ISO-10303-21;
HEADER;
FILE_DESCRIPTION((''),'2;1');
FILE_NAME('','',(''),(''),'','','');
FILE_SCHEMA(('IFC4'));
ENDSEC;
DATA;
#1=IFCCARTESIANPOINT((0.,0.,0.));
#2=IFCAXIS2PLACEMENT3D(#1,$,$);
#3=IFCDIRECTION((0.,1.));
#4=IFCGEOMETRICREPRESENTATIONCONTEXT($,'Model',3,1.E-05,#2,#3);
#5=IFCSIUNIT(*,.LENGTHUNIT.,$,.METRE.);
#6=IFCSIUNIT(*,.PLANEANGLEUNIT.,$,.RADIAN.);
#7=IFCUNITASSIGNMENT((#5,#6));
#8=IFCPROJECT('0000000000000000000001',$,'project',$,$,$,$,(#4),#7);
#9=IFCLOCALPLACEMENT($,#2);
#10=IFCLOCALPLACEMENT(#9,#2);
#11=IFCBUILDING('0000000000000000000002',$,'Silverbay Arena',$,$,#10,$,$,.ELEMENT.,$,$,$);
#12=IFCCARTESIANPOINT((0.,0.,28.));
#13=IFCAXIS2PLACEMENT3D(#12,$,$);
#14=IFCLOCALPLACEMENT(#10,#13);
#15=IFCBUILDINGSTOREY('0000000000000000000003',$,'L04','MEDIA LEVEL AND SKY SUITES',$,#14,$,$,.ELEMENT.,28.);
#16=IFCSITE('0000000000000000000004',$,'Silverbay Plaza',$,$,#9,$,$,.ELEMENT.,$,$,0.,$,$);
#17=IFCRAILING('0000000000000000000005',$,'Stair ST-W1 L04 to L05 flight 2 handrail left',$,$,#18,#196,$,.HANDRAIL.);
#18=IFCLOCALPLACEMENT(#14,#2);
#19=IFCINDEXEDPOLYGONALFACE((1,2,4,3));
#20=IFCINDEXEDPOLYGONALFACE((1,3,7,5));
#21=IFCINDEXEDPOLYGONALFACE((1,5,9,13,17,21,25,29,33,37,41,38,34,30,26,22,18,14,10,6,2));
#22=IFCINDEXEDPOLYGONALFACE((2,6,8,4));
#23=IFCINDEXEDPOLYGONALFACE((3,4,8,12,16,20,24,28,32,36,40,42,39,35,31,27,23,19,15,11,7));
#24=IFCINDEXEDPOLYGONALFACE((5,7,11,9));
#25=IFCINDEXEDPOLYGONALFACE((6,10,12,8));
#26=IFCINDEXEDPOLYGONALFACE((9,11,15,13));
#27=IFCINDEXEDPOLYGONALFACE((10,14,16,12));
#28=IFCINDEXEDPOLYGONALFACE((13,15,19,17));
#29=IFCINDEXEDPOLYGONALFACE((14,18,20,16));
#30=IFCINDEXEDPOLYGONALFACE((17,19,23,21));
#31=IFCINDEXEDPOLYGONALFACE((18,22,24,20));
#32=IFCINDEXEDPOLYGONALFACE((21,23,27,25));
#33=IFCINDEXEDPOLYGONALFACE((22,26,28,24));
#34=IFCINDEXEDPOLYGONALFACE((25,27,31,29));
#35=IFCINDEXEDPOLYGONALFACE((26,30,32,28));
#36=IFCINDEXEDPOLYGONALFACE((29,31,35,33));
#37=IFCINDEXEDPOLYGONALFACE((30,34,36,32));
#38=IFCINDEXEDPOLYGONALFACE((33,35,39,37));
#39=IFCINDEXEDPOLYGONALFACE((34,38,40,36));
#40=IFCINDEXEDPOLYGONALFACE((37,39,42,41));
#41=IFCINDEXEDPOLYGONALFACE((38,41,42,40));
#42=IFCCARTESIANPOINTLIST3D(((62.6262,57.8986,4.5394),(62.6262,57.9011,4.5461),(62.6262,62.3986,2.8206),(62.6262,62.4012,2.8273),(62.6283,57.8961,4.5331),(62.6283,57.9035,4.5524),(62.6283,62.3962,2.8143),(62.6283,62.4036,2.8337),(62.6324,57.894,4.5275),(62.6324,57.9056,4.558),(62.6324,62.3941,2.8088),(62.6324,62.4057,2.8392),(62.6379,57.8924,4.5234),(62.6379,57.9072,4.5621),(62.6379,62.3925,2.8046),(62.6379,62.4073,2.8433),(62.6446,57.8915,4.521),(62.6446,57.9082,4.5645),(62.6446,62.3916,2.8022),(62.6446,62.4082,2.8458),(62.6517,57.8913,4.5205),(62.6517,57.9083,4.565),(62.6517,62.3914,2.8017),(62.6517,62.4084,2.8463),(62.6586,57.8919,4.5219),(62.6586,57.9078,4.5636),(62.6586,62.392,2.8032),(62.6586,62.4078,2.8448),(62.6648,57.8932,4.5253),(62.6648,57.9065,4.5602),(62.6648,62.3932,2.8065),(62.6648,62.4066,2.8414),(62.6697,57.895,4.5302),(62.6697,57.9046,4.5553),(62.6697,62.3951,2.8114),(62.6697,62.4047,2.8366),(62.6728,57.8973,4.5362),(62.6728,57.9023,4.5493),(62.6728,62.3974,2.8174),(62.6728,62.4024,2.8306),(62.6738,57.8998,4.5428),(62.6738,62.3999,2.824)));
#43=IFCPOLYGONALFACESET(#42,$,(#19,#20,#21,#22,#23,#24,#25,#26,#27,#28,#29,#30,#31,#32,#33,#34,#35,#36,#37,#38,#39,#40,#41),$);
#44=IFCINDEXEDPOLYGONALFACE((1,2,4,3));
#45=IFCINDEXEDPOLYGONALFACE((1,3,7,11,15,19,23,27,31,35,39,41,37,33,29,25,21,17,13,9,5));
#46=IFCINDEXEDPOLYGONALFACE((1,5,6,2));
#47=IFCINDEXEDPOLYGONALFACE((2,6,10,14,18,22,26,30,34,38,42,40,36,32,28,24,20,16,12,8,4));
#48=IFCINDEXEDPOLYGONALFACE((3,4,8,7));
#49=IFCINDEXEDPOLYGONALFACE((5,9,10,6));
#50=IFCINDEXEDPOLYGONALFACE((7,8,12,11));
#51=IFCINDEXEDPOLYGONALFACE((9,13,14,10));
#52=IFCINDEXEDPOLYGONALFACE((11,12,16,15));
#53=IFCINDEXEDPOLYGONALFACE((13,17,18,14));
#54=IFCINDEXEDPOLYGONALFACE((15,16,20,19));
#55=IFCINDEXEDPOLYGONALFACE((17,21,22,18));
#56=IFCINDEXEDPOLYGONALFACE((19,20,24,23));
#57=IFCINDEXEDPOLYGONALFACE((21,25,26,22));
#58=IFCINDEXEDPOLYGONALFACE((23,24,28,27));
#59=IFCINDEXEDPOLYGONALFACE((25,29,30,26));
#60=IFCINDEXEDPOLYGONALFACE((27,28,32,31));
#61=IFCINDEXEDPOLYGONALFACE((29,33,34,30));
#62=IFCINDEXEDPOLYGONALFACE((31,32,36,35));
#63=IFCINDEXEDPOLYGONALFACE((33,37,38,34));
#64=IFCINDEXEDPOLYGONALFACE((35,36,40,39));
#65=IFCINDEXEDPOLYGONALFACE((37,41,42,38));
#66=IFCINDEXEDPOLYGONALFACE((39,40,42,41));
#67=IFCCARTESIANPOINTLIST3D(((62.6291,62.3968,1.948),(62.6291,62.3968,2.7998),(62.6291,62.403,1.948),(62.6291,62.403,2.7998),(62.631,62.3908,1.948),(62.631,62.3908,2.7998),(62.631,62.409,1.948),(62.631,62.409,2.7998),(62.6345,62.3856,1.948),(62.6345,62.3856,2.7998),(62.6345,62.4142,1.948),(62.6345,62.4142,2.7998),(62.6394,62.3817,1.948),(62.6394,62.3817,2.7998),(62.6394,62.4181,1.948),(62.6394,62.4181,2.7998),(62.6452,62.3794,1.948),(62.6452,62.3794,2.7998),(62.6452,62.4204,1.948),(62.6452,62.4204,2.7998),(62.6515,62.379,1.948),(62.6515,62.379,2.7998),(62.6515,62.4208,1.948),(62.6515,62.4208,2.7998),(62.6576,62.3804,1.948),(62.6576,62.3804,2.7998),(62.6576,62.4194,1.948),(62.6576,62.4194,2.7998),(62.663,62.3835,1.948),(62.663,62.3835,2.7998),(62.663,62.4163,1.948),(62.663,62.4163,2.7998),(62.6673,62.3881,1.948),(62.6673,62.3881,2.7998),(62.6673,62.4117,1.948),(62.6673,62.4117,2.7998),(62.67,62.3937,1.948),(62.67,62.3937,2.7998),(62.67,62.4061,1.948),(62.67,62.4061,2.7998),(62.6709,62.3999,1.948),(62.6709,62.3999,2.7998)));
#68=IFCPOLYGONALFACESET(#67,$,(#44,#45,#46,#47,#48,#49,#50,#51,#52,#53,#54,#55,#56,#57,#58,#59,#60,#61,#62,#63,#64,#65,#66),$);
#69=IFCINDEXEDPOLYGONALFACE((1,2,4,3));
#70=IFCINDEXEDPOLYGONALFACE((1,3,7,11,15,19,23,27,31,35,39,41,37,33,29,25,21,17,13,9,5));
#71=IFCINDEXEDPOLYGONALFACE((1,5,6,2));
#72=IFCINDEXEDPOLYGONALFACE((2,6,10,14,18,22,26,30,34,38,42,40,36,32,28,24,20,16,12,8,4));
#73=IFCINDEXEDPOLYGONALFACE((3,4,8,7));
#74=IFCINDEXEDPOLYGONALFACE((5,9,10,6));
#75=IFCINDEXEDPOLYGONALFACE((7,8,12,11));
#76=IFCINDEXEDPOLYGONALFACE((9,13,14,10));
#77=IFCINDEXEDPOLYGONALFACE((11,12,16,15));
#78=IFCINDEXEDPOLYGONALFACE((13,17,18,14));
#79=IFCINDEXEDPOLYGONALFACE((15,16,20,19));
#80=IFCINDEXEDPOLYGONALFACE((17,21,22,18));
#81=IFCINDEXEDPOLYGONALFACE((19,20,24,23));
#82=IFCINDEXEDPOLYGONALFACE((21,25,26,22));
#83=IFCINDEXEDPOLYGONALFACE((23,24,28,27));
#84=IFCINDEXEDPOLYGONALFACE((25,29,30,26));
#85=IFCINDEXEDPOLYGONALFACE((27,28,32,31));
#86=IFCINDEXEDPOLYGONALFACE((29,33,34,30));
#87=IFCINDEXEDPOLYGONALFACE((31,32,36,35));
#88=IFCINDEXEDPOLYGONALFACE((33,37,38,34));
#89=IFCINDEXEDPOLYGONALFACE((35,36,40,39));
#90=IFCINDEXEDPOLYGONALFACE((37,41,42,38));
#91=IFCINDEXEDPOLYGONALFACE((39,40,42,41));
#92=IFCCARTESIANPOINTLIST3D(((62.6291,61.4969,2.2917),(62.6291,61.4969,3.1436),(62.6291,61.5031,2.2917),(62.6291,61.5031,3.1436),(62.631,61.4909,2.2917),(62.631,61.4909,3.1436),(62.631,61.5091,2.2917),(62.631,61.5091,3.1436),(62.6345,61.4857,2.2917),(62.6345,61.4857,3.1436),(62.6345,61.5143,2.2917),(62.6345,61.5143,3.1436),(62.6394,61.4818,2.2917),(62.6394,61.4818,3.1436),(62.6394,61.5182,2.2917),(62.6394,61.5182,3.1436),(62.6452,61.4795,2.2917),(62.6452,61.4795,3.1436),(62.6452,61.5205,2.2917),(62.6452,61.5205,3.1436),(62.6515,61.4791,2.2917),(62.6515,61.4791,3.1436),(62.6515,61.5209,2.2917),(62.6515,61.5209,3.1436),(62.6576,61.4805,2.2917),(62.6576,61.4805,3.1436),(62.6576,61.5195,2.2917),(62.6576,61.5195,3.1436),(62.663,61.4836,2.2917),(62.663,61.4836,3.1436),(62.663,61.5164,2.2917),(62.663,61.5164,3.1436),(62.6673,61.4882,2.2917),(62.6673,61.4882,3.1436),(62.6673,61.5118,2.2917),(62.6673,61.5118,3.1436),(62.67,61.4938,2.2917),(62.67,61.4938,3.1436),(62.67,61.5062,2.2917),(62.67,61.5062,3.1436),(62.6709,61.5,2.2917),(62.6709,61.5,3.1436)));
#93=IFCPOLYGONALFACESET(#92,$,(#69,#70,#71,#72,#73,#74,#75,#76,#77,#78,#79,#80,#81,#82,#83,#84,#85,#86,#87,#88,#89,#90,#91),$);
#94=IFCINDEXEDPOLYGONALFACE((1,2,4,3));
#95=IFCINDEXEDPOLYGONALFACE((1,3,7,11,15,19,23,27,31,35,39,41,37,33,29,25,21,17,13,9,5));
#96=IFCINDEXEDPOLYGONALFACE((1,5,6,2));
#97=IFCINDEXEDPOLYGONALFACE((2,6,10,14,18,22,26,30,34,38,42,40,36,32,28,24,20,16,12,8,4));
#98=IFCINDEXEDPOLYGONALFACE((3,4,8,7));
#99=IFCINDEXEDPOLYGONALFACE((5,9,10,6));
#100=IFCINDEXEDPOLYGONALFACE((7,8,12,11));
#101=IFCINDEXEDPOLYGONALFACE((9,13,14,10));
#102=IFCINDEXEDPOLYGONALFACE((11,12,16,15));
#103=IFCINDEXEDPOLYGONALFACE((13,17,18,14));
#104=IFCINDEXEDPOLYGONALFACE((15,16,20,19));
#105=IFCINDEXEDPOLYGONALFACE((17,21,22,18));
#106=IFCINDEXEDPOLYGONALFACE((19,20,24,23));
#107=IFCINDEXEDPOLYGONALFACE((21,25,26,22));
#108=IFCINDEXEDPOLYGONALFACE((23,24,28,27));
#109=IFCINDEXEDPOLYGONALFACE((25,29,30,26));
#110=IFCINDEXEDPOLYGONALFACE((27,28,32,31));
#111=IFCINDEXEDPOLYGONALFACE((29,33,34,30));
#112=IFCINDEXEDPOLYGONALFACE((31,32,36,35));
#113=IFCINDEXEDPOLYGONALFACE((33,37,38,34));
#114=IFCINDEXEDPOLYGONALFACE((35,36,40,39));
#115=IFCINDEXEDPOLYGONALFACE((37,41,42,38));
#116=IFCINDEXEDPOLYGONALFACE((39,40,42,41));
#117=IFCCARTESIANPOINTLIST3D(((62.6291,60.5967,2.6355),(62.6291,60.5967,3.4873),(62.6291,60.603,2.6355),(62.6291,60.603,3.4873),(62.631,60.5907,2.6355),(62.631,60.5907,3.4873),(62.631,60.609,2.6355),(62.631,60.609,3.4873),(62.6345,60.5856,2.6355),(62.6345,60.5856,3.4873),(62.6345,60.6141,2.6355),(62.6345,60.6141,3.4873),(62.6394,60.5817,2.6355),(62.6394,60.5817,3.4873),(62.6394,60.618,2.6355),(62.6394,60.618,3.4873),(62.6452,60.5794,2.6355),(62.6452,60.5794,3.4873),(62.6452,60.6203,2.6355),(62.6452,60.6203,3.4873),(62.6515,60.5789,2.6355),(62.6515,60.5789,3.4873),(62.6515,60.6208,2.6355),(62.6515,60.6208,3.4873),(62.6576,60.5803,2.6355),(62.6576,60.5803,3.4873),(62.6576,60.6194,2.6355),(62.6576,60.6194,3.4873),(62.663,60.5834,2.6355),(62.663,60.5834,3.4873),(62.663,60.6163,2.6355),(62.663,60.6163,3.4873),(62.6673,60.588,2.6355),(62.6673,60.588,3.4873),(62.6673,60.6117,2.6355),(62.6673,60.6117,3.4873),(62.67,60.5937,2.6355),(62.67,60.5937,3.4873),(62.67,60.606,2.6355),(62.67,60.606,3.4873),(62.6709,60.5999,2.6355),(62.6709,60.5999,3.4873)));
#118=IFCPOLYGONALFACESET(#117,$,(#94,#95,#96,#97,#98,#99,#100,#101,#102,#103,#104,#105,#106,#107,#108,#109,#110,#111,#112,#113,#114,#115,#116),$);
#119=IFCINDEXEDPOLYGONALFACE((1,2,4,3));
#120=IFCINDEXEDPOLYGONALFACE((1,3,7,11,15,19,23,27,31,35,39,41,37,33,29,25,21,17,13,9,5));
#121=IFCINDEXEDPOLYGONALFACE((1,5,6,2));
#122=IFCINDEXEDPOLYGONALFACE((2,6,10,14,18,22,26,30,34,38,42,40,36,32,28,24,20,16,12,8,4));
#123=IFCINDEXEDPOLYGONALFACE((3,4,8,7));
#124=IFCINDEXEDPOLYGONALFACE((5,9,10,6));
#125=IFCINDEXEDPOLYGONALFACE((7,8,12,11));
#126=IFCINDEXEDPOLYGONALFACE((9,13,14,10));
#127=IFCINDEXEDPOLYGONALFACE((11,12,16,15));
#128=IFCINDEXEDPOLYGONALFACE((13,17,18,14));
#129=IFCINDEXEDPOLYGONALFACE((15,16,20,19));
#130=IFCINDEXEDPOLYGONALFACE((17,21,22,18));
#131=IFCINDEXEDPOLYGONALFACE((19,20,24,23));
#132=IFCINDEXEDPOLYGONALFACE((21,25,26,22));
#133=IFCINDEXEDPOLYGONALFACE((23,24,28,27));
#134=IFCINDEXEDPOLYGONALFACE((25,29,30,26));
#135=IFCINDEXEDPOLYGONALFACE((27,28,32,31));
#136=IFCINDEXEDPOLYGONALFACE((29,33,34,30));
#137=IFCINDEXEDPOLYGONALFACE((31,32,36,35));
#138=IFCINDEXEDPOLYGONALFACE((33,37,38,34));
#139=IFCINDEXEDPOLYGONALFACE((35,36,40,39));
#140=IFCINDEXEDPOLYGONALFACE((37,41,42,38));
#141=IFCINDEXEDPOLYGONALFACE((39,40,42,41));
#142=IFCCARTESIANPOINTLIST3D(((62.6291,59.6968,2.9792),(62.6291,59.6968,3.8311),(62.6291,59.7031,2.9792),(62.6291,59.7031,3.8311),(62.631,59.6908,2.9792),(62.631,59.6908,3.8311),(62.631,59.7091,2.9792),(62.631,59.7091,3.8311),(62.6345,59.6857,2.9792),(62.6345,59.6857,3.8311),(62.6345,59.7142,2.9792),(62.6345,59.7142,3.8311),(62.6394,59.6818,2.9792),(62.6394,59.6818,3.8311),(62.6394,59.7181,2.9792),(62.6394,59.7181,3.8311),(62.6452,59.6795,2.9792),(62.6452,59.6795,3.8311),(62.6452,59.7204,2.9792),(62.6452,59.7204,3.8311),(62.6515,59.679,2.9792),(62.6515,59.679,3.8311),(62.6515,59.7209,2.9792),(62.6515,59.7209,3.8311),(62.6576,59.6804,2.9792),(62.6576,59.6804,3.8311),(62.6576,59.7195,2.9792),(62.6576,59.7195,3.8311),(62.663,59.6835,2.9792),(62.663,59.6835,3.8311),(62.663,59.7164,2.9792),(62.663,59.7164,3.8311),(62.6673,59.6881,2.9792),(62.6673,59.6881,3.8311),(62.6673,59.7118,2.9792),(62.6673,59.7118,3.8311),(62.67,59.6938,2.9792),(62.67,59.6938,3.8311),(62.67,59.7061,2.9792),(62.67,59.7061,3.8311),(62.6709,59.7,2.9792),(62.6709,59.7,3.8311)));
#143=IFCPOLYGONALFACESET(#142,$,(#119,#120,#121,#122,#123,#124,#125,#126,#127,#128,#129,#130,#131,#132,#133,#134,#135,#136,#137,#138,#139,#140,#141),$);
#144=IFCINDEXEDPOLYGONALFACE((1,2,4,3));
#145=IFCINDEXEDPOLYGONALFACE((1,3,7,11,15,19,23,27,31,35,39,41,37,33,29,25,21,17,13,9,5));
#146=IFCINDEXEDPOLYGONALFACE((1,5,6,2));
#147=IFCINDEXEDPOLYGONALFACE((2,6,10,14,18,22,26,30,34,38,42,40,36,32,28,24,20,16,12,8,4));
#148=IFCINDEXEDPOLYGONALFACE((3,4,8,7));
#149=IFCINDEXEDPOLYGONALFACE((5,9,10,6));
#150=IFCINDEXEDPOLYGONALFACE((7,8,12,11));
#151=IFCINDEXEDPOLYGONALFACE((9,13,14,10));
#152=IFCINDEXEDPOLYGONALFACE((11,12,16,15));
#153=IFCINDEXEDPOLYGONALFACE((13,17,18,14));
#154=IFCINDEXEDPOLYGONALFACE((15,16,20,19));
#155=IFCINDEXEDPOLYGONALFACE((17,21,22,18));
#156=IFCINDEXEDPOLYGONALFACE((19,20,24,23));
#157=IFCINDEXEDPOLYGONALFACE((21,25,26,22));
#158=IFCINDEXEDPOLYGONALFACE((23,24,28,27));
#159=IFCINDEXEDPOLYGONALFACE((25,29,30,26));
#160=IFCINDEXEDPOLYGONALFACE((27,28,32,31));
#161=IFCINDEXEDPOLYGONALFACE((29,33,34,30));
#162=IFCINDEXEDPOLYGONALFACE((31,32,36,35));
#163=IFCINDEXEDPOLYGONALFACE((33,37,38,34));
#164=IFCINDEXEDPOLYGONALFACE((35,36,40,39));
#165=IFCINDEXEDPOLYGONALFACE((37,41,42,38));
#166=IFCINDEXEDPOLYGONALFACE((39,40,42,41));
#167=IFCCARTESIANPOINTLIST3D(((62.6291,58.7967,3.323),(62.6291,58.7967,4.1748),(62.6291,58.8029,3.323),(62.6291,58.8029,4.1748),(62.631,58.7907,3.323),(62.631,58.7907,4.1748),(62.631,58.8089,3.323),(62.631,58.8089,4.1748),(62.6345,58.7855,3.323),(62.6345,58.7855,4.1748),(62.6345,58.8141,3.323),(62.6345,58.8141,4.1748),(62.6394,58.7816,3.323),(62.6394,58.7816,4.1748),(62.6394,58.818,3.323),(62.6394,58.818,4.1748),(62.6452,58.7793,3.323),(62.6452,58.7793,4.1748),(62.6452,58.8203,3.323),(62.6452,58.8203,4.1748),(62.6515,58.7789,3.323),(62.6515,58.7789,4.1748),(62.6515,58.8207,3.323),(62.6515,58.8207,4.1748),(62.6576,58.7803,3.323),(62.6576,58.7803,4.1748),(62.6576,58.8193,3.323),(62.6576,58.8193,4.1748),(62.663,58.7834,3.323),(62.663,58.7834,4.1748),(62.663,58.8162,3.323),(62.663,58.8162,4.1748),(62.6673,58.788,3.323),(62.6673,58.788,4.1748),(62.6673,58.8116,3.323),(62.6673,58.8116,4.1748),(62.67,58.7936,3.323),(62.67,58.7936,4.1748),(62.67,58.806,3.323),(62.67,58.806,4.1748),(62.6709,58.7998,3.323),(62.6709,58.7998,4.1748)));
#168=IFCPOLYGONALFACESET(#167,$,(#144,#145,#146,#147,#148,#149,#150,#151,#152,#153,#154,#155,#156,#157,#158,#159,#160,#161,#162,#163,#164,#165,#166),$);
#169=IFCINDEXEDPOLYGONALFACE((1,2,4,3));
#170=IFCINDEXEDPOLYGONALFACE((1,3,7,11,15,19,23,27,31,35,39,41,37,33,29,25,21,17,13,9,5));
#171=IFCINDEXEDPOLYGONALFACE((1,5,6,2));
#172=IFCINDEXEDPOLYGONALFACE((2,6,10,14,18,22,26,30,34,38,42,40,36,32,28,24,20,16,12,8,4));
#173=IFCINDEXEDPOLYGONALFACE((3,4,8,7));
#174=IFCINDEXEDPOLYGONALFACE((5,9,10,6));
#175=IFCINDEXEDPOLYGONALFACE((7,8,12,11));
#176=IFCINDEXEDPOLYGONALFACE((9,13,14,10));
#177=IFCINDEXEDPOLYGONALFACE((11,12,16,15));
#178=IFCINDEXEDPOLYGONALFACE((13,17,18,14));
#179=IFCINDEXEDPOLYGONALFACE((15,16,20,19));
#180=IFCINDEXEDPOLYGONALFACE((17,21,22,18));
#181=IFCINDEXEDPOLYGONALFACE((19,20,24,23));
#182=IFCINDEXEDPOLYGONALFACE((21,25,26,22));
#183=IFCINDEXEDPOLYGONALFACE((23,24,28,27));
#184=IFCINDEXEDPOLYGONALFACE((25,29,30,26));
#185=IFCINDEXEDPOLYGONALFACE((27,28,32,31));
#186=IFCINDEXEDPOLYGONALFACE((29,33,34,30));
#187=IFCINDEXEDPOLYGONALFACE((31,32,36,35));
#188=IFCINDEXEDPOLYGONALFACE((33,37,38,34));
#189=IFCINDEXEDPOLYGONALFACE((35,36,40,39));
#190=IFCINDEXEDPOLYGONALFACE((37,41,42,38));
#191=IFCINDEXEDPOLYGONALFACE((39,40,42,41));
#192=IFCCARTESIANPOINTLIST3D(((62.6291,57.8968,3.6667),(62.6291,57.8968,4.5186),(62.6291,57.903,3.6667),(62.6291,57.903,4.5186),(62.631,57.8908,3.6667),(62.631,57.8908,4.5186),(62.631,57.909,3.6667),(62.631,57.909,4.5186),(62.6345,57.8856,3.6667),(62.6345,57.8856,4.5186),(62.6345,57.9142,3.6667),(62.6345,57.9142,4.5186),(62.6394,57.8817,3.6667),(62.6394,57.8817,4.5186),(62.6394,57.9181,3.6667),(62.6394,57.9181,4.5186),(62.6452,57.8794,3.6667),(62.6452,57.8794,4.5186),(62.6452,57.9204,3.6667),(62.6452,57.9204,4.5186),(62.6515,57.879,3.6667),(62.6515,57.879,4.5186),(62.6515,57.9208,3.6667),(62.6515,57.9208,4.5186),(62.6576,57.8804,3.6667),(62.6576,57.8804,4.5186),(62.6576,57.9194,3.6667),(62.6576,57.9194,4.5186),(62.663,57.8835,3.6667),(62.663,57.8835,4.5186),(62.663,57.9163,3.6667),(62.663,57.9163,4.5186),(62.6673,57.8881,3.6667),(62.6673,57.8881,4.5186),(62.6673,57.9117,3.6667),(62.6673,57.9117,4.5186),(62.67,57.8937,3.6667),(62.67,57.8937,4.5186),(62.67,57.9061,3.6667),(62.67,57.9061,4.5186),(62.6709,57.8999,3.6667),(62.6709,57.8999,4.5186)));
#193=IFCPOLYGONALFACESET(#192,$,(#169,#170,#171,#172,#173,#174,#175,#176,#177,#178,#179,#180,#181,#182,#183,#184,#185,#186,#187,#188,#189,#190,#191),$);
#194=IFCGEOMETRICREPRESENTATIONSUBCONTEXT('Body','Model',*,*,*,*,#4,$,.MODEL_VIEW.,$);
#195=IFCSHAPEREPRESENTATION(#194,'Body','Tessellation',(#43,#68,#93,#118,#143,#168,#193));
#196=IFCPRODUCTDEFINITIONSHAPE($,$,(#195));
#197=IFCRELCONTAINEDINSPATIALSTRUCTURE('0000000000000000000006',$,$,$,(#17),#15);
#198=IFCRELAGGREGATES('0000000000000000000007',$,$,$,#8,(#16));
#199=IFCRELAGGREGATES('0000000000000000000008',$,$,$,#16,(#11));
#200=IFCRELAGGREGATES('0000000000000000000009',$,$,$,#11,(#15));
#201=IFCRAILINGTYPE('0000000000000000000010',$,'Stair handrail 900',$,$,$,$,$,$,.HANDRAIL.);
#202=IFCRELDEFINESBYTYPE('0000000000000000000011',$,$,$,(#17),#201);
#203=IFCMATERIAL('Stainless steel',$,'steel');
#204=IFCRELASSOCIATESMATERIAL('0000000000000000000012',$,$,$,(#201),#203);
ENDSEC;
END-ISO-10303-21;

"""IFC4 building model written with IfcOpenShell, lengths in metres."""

from ifc_helpers import new_model, si_unit, direction, frame, origin, origin_2d, place, context, subcontext, project, spatial, circle, extrude, material, type_object, element, save


model = new_model("IFC4")

# Units and contexts
model_context = context("Model", 3, precision=1e-05, world=origin(), true_north=direction((0.0, 1.0)))
body_context = subcontext(model_context, "Body", "Model", "MODEL_VIEW")
ifc_project = project(units=[si_unit("LENGTHUNIT", "METRE"), si_unit("PLANEANGLEUNIT", "RADIAN")], contexts=[model_context])

# Site, building, storey
site_placement = place(None, origin())
site = spatial("IfcSite", under=ifc_project, at=site_placement, Name="Silverbay Plaza", CompositionType="ELEMENT", RefElevation=0.0)
building_placement = place(site_placement, origin())
building = spatial("IfcBuilding", under=site, at=building_placement, Name="Silverbay Arena", CompositionType="ELEMENT")
storey_placement = place(building_placement, frame((0.0, 0.0, 28.0)))
storey = spatial("IfcBuildingStorey", under=building, at=storey_placement, Name="L04", Description="MEDIA LEVEL AND SKY SUITES", CompositionType="ELEMENT", Elevation=28.0)

# Railing
ifc_material_1 = material(Name="Stainless steel", Category="steel")
railing_type_1 = type_object("IfcRailingType", Name="Stair handrail 900", PredefinedType="HANDRAIL", material=ifc_material_1)
for number, where, name in (
    (1, (62.6499, 62.3999, 1.948), "Stair ST-W1 L04 to L05 flight 2 handrail left"),
):
    element("IfcRailing", number, at=place(storey_placement, frame(where)), inside=storey, type_object=railing_type_1, Name=name, PredefinedType="HANDRAIL", context=body_context, shape_type="SweptSolid", body=[
        extrude(circle(Radius=0.0239, at=origin_2d()), frame((0.0, 0.0, 0.876), z_axis=(0.0, -0.934179, 0.356805), x_axis=(1.0, 0.0, 0.0)), (0.0, 0.0, 1.0), 4.8171),
        extrude(circle(Radius=0.021, at=origin_2d()), origin(), (0.0, 0.0, 1.0), 0.8518),
        extrude(circle(Radius=0.021, at=origin_2d()), frame((0.0, -0.8999, 0.3438)), (0.0, 0.0, 1.0), 0.8518),
        extrude(circle(Radius=0.021, at=origin_2d()), frame((0.0, -1.8, 0.6875)), (0.0, 0.0, 1.0), 0.8518),
        extrude(circle(Radius=0.021, at=origin_2d()), frame((0.0, -2.7, 1.0312)), (0.0, 0.0, 1.0), 0.8518),
        extrude(circle(Radius=0.021, at=origin_2d()), frame((0.0, -3.6001, 1.375)), (0.0, 0.0, 1.0), 0.8518),
        extrude(circle(Radius=0.021, at=origin_2d()), frame((0.0, -4.5, 1.7188)), (0.0, 0.0, 1.0), 0.8518),
    ])

save(model, "model.ifc")
